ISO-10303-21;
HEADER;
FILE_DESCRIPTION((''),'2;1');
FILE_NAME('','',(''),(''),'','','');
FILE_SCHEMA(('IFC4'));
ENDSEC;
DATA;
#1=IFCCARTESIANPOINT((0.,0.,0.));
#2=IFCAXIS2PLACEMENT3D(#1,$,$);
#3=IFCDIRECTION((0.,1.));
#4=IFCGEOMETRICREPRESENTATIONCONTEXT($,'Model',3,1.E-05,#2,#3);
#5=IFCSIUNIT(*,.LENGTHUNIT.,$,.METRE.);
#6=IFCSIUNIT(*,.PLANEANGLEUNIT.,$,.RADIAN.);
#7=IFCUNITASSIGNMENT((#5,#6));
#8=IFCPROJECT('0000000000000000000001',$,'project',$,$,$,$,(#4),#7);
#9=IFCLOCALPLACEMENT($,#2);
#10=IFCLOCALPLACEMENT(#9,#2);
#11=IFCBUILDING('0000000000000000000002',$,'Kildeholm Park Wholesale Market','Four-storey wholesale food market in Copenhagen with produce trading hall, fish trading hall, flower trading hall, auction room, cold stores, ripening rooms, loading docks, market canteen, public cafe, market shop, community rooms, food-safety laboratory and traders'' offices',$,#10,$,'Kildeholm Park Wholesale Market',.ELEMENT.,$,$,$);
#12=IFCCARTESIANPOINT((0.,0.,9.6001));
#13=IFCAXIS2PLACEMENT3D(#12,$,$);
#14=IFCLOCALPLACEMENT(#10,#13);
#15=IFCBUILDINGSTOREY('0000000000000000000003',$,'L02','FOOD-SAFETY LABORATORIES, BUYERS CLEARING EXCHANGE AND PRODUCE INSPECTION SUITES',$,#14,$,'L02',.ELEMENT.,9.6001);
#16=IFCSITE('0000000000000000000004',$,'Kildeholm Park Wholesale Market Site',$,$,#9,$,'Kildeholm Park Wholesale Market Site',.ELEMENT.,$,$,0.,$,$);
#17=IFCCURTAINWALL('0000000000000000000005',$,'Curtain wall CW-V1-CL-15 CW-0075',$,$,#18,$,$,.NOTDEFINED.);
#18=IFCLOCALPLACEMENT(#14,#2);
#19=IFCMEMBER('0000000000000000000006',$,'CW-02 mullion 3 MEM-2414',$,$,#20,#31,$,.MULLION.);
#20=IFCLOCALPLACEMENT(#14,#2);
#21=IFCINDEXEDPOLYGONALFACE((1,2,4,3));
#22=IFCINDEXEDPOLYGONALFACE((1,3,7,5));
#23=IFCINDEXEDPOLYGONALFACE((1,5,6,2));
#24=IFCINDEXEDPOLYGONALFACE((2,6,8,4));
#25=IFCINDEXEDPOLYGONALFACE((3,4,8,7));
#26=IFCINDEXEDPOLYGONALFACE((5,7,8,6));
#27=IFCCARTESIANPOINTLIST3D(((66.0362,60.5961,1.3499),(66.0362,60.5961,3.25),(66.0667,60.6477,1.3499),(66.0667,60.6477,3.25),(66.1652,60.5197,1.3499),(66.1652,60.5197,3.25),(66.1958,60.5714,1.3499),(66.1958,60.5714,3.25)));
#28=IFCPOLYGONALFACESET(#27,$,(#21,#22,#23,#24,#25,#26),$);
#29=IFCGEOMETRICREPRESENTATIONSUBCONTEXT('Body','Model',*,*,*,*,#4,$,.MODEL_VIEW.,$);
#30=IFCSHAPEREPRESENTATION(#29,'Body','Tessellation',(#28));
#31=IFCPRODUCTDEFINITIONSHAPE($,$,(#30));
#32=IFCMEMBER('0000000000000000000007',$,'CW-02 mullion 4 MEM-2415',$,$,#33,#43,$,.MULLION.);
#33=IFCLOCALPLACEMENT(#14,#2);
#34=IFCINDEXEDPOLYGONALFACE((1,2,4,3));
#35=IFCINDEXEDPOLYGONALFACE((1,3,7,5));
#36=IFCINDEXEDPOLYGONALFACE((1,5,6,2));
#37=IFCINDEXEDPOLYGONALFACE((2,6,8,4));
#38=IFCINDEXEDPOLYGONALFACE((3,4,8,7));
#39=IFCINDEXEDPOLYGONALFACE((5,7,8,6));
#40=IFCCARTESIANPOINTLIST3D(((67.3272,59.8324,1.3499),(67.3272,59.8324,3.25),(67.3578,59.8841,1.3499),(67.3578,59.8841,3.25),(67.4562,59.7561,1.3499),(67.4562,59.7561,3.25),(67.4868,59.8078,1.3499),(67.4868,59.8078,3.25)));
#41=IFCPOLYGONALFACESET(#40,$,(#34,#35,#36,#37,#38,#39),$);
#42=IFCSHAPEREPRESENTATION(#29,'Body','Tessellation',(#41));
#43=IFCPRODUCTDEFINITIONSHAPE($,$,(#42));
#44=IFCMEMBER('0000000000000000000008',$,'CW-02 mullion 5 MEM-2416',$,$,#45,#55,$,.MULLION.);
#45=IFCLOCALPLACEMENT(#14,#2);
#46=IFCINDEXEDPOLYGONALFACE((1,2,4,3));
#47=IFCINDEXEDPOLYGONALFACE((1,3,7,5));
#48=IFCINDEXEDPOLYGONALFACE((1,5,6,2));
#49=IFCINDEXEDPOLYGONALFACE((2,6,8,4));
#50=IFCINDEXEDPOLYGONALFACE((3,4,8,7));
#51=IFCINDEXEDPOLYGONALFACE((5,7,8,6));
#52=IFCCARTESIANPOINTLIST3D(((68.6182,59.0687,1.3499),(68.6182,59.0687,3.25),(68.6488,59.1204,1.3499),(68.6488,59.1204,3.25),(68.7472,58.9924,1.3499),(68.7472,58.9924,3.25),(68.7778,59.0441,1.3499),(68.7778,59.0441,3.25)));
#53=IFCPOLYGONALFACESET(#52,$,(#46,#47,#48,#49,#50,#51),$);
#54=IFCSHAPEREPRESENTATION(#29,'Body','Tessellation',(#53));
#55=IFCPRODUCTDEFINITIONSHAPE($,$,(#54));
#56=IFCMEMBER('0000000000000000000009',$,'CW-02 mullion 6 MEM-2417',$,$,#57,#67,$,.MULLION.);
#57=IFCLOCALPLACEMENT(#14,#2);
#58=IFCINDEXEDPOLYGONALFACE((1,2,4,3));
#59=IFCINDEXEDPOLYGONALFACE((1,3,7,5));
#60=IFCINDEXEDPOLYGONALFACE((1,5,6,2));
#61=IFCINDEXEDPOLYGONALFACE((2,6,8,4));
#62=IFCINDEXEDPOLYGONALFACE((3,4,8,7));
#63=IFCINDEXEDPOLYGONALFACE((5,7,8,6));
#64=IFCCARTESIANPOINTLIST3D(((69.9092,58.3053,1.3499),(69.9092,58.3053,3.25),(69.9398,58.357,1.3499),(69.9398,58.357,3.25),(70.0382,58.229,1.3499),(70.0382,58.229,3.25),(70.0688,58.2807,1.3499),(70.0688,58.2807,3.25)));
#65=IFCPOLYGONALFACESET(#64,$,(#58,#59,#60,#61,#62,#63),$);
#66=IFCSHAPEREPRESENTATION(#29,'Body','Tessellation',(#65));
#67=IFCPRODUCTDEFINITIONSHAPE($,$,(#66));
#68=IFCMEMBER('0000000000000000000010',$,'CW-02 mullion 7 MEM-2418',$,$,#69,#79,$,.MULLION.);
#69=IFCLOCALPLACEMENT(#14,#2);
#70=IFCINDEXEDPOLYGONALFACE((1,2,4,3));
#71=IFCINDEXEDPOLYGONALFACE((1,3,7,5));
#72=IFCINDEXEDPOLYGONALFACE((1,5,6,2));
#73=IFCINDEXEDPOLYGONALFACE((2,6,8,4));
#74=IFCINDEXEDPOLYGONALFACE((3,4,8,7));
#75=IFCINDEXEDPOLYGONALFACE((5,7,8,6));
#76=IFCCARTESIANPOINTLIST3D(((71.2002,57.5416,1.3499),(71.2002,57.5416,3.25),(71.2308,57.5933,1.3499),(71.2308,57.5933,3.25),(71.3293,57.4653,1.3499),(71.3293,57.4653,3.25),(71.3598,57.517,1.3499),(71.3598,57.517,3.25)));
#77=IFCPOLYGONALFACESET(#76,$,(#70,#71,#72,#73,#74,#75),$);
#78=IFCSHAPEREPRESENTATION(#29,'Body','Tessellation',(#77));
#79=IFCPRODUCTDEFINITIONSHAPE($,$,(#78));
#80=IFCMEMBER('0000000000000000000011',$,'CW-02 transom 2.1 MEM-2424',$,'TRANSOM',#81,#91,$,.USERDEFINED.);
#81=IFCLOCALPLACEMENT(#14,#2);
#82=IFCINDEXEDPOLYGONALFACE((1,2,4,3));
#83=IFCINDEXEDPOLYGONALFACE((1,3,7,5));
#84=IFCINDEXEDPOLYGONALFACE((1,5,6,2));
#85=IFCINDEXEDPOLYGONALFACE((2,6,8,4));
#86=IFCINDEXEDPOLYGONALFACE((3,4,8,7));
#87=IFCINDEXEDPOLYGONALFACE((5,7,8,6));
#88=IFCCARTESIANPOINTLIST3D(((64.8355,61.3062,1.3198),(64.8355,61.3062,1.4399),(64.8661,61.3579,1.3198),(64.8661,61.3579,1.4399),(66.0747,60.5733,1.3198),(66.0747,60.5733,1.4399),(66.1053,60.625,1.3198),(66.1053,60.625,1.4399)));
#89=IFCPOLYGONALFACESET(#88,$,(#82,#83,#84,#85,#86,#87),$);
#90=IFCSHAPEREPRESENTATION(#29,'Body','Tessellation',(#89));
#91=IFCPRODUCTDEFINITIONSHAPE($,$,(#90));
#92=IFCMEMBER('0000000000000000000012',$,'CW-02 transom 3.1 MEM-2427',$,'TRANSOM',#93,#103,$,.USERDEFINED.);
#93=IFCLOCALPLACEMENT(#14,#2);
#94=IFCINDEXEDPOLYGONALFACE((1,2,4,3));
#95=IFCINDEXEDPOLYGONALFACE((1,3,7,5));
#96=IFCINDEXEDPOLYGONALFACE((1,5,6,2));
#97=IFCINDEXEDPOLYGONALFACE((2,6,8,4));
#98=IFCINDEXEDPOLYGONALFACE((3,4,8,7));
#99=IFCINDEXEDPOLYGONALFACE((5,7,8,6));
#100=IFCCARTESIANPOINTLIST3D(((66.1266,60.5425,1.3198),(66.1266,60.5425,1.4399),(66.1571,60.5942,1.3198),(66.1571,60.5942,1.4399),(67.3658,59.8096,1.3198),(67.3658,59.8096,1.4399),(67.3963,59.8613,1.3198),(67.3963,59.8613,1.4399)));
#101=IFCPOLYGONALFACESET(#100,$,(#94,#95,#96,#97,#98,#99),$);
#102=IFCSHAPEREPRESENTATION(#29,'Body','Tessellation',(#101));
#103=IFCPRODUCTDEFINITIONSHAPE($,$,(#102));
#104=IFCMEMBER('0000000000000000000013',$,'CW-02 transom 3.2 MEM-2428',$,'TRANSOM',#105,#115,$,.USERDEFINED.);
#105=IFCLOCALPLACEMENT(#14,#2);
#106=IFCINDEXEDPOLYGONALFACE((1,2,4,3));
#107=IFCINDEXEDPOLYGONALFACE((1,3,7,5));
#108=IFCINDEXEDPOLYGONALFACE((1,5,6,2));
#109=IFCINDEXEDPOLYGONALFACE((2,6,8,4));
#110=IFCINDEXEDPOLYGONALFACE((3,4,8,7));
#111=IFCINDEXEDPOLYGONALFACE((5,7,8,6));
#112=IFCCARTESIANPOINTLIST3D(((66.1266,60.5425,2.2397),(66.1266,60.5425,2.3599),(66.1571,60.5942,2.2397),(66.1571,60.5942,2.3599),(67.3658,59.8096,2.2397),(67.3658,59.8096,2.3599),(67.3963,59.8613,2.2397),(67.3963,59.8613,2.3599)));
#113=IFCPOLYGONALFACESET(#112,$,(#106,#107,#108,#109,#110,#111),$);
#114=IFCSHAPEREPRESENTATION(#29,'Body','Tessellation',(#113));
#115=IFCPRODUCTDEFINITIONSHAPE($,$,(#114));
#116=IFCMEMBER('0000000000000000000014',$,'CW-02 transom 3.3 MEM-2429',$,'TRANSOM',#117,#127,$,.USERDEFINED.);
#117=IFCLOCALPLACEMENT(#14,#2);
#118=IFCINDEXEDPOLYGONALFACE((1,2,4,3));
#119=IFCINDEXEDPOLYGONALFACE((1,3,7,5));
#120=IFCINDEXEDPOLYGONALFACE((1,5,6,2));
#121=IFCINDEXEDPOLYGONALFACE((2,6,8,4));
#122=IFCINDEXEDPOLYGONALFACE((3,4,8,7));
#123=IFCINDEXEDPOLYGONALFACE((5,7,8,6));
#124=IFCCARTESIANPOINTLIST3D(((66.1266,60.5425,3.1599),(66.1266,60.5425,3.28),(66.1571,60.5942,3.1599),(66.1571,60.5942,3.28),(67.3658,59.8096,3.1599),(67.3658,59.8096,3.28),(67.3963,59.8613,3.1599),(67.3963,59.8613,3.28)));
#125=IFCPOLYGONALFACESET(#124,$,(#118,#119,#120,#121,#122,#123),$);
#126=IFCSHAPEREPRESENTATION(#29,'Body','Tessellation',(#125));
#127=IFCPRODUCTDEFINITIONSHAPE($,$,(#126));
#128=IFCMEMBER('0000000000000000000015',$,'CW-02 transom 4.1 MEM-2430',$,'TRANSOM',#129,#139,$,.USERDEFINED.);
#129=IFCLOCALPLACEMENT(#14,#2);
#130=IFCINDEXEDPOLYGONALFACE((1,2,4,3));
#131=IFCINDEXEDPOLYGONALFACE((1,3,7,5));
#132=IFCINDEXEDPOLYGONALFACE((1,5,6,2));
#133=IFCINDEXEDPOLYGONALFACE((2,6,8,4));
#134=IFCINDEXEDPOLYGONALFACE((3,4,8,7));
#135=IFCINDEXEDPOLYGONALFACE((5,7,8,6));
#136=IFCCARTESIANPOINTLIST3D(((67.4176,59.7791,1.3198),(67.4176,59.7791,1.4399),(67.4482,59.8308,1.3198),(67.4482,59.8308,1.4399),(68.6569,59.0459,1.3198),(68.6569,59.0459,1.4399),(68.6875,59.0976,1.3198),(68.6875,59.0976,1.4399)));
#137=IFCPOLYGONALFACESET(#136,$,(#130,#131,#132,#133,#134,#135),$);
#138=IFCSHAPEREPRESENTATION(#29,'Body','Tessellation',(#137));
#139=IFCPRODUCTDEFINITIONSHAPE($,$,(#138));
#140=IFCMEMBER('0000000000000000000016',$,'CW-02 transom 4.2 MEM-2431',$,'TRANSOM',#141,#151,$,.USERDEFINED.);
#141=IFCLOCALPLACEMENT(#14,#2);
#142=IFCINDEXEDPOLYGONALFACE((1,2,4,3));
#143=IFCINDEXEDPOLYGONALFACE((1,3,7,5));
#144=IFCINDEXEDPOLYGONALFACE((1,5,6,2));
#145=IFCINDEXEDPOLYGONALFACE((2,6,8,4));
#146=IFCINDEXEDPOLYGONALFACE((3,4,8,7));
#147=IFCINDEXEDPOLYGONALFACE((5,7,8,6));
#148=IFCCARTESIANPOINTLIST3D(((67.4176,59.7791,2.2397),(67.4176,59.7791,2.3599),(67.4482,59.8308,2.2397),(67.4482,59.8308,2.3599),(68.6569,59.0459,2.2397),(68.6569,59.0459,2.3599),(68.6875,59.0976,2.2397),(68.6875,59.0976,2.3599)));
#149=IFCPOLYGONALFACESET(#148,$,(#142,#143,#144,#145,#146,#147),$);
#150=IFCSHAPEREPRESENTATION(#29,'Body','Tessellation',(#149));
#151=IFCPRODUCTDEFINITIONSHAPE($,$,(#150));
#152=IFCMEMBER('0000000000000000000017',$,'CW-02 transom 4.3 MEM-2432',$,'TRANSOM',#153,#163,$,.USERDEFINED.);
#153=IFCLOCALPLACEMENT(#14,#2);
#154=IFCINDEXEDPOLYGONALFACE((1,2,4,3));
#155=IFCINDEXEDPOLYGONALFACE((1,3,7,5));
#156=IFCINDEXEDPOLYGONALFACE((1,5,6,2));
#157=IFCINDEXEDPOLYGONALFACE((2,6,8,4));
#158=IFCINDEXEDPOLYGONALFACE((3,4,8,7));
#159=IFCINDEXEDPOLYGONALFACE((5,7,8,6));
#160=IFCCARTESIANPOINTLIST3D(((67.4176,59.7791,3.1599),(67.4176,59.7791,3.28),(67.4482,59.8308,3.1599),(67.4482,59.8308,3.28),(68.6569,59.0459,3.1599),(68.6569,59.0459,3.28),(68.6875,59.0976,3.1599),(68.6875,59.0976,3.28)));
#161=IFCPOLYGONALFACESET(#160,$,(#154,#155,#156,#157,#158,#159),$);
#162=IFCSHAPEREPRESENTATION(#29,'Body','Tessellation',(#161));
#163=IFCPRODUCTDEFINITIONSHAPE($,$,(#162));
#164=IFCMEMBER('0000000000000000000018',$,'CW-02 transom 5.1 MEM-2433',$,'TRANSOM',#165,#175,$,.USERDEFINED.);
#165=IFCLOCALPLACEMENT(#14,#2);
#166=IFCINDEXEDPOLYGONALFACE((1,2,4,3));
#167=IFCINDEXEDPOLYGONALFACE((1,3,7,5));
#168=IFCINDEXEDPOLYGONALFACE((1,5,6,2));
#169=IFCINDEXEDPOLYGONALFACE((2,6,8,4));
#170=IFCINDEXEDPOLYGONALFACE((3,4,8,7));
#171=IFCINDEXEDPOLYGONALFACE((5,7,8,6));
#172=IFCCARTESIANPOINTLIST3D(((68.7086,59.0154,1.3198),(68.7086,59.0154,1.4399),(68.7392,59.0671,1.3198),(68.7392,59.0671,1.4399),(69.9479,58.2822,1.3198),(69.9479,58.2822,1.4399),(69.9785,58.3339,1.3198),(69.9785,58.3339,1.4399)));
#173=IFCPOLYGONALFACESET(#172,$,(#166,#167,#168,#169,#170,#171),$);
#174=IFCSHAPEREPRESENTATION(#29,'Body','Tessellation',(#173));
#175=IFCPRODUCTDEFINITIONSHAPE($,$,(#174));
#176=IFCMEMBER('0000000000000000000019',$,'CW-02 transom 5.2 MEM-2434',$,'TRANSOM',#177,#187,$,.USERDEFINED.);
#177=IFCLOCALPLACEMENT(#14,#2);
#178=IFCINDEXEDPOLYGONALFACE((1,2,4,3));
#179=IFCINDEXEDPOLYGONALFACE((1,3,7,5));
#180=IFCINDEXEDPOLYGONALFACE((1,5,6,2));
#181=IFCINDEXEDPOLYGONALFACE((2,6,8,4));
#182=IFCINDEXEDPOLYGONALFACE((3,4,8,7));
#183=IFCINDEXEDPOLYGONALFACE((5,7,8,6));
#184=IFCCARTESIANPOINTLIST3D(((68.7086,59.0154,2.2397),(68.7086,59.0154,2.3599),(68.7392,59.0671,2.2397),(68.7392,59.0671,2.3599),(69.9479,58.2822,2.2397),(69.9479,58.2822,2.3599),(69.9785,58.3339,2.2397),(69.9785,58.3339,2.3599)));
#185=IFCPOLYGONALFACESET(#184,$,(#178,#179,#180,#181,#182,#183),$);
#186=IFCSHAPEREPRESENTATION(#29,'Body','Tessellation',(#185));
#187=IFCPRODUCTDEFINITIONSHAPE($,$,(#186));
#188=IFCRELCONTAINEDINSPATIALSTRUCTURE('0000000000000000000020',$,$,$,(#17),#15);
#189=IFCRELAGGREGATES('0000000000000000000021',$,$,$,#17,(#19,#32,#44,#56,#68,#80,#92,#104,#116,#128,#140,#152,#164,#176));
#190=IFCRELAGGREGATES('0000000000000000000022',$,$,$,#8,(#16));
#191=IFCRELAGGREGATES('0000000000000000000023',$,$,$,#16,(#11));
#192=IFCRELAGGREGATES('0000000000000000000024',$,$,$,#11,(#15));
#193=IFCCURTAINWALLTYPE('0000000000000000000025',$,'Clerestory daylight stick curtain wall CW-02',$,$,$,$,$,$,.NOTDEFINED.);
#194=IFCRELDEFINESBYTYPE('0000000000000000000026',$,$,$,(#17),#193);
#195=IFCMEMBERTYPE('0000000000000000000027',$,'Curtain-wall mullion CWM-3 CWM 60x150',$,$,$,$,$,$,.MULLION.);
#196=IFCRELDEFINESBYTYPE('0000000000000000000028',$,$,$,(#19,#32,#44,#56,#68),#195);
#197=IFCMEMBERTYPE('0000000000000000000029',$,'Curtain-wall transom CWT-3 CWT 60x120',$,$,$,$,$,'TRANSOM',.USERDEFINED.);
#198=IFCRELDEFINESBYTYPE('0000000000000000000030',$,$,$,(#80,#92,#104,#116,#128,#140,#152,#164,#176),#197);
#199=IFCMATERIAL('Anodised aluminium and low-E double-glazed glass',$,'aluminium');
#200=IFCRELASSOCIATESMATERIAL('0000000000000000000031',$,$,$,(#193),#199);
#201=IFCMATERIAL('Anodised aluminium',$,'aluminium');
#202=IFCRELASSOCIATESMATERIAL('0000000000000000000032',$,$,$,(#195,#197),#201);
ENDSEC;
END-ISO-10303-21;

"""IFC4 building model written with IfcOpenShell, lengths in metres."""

from ifc_helpers import new_model, si_unit, direction, frame, origin, origin_2d, place, context, subcontext, project, spatial, rectangle, extrude, material, material_profile, profile_set, type_object, element, aggregate, save


model = new_model("IFC4")

# Units and contexts
model_context = context("Model", 3, precision=1e-05, world=origin(), true_north=direction((0.0, 1.0)))
body_context = subcontext(model_context, "Body", "Model", "MODEL_VIEW")
ifc_project = project(units=[si_unit("LENGTHUNIT", "METRE"), si_unit("PLANEANGLEUNIT", "RADIAN")], contexts=[model_context])

# Site, building, storey
site_placement = place(None, origin())
site = spatial("IfcSite", under=ifc_project, at=site_placement, Name="Kildeholm Park Wholesale Market Site", LongName="Kildeholm Park Wholesale Market Site", CompositionType="ELEMENT", RefElevation=0.0)
building_placement = place(site_placement, origin())
building = spatial("IfcBuilding", under=site, at=building_placement, Name="Kildeholm Park Wholesale Market", Description="Four-storey wholesale food market in Copenhagen with produce trading hall, fish trading hall, flower trading hall, auction room, cold stores, ripening rooms, loading docks, market canteen, public cafe, market shop, community rooms, food-safety laboratory and traders' offices", LongName="Kildeholm Park Wholesale Market", CompositionType="ELEMENT")
storey_placement = place(building_placement, frame((0.0, 0.0, 9.6001)))
storey = spatial("IfcBuildingStorey", under=building, at=storey_placement, Name="L02", Description="FOOD-SAFETY LABORATORIES, BUYERS CLEARING EXCHANGE AND PRODUCE INSPECTION SUITES", LongName="L02", CompositionType="ELEMENT", Elevation=9.6001)

# Curtain wall, members
ifc_material_1 = material(Name="Anodised aluminium and low-E double-glazed glass", Category="aluminium")
curtain_wall_type = type_object("IfcCurtainWallType", Name="Clerestory daylight stick curtain wall CW-02", PredefinedType="NOTDEFINED", material=ifc_material_1)
curtain_wall_placement = place(storey_placement, origin())
curtain_wall = element("IfcCurtainWall", 1, at=curtain_wall_placement, inside=storey, type_object=curtain_wall_type, Name="Curtain wall CW-V1-CL-15 CW-0075", PredefinedType="NOTDEFINED")
ifc_material_2 = material(Name="Anodised aluminium", Category="aluminium")
ifc_material_profile_1 = material_profile(ifc_material_2, rectangle(XDim=0.0601, YDim=0.1499, at=origin_2d()), Name="CWM 60x150")
ifc_profile_set_1 = profile_set([ifc_material_profile_1], Name="Anodised aluminium")
member_type_1 = type_object("IfcMemberType", Name="Curtain-wall mullion CWM-3 CWM 60x150", PredefinedType="MULLION", material=ifc_profile_set_1)
member_1_placement = place(storey_placement, frame((66.116, 60.5837, 1.3499), z_axis=(0.0, 0.0, 1.0), x_axis=(0.509105, 0.860704, 0.0)))
member_1 = element("IfcMember", 2, at=member_1_placement, type_object=member_type_1, Name="CW-02 mullion 3 MEM-2414", PredefinedType="MULLION", context=body_context, shape_type="SweptSolid", body=[
    extrude(rectangle(XDim=0.0601, YDim=0.1499, at=origin_2d()), origin(), (0.0, 0.0, 1.0), 1.9001),
])
member_2_placement = place(storey_placement, frame((67.407, 59.8201, 1.3499), z_axis=(0.0, 0.0, 1.0), x_axis=(0.509105, 0.860704, 0.0)))
member_2 = element("IfcMember", 3, at=member_2_placement, type_object=member_type_1, Name="CW-02 mullion 4 MEM-2415", PredefinedType="MULLION", context=body_context, shape_type="SweptSolid", body=[
    extrude(rectangle(XDim=0.0601, YDim=0.1499, at=origin_2d()), origin(), (0.0, 0.0, 1.0), 1.9001),
])
member_3_placement = place(storey_placement, frame((68.698, 59.0564, 1.3499), z_axis=(0.0, 0.0, 1.0), x_axis=(0.509105, 0.860704, 0.0)))
member_3 = element("IfcMember", 4, at=member_3_placement, type_object=member_type_1, Name="CW-02 mullion 5 MEM-2416", PredefinedType="MULLION", context=body_context, shape_type="SweptSolid", body=[
    extrude(rectangle(XDim=0.0601, YDim=0.1499, at=origin_2d()), origin(), (0.0, 0.0, 1.0), 1.9001),
])
member_4_placement = place(storey_placement, frame((69.989, 58.293, 1.3499), z_axis=(0.0, 0.0, 1.0), x_axis=(0.509105, 0.860704, 0.0)))
member_4 = element("IfcMember", 5, at=member_4_placement, type_object=member_type_1, Name="CW-02 mullion 6 MEM-2417", PredefinedType="MULLION", context=body_context, shape_type="SweptSolid", body=[
    extrude(rectangle(XDim=0.0601, YDim=0.1499, at=origin_2d()), origin(), (0.0, 0.0, 1.0), 1.9001),
])
member_5_placement = place(storey_placement, frame((71.28, 57.5293, 1.3499), z_axis=(0.0, 0.0, 1.0), x_axis=(0.509105, 0.860704, 0.0)))
member_5 = element("IfcMember", 6, at=member_5_placement, type_object=member_type_1, Name="CW-02 mullion 7 MEM-2418", PredefinedType="MULLION", context=body_context, shape_type="SweptSolid", body=[
    extrude(rectangle(XDim=0.0601, YDim=0.1499, at=origin_2d()), origin(), (0.0, 0.0, 1.0), 1.9001),
])
ifc_material_profile_2 = material_profile(ifc_material_2, rectangle(XDim=0.0601, YDim=0.1201, at=origin_2d()), Name="CWT 60x120")
ifc_profile_set_2 = profile_set([ifc_material_profile_2], Name="Anodised aluminium")
member_type_2 = type_object("IfcMemberType", Name="Curtain-wall transom CWT-3 CWT 60x120", ElementType="TRANSOM", PredefinedType="USERDEFINED", material=ifc_profile_set_2)
member_6_placement = place(storey_placement, frame((64.8508, 61.332, 1.3799), z_axis=(0.860737, -0.509049, 0.0), x_axis=(0.509049, 0.860737, 0.0)))
member_6 = element("IfcMember", 7, at=member_6_placement, type_object=member_type_2, Name="CW-02 transom 2.1 MEM-2424", ObjectType="TRANSOM", PredefinedType="USERDEFINED", context=body_context, shape_type="SweptSolid", body=[
    extrude(rectangle(XDim=0.0601, YDim=0.1201, at=origin_2d()), origin(), (0.0, 0.0, 1.0), 1.4397),
])
member_7_placement = place(storey_placement, frame((66.1418, 60.5684, 1.3799), z_axis=(0.860737, -0.509049, 0.0), x_axis=(0.509049, 0.860737, 0.0)))
member_7 = element("IfcMember", 8, at=member_7_placement, type_object=member_type_2, Name="CW-02 transom 3.1 MEM-2427", ObjectType="TRANSOM", PredefinedType="USERDEFINED", context=body_context, shape_type="SweptSolid", body=[
    extrude(rectangle(XDim=0.0601, YDim=0.1201, at=origin_2d()), origin(), (0.0, 0.0, 1.0), 1.4397),
])
member_8_placement = place(storey_placement, frame((66.1418, 60.5684, 2.2998), z_axis=(0.860737, -0.509049, 0.0), x_axis=(0.509049, 0.860737, 0.0)))
member_8 = element("IfcMember", 9, at=member_8_placement, type_object=member_type_2, Name="CW-02 transom 3.2 MEM-2428", ObjectType="TRANSOM", PredefinedType="USERDEFINED", context=body_context, shape_type="SweptSolid", body=[
    extrude(rectangle(XDim=0.0601, YDim=0.1201, at=origin_2d()), origin(), (0.0, 0.0, 1.0), 1.4397),
])
member_9_placement = place(storey_placement, frame((66.1418, 60.5684, 3.22), z_axis=(0.860737, -0.509049, 0.0), x_axis=(0.509049, 0.860737, 0.0)))
member_9 = element("IfcMember", 10, at=member_9_placement, type_object=member_type_2, Name="CW-02 transom 3.3 MEM-2429", ObjectType="TRANSOM", PredefinedType="USERDEFINED", context=body_context, shape_type="SweptSolid", body=[
    extrude(rectangle(XDim=0.0601, YDim=0.1201, at=origin_2d()), origin(), (0.0, 0.0, 1.0), 1.4397),
])
member_10_placement = place(storey_placement, frame((67.4329, 59.8049, 1.3799), z_axis=(0.860663, -0.509175, 0.0), x_axis=(0.509175, 0.860663, 0.0)))
member_10 = element("IfcMember", 11, at=member_10_placement, type_object=member_type_2, Name="CW-02 transom 4.1 MEM-2430", ObjectType="TRANSOM", PredefinedType="USERDEFINED", context=body_context, shape_type="SweptSolid", body=[
    extrude(rectangle(XDim=0.0601, YDim=0.1201, at=origin_2d()), origin(), (0.0, 0.0, 1.0), 1.4399),
])
member_11_placement = place(storey_placement, frame((67.4329, 59.8049, 2.2998), z_axis=(0.860663, -0.509175, 0.0), x_axis=(0.509175, 0.860663, 0.0)))
member_11 = element("IfcMember", 12, at=member_11_placement, type_object=member_type_2, Name="CW-02 transom 4.2 MEM-2431", ObjectType="TRANSOM", PredefinedType="USERDEFINED", context=body_context, shape_type="SweptSolid", body=[
    extrude(rectangle(XDim=0.0601, YDim=0.1201, at=origin_2d()), origin(), (0.0, 0.0, 1.0), 1.4399),
])
member_12_placement = place(storey_placement, frame((67.4329, 59.8049, 3.22), z_axis=(0.860663, -0.509175, 0.0), x_axis=(0.509175, 0.860663, 0.0)))
member_12 = element("IfcMember", 13, at=member_12_placement, type_object=member_type_2, Name="CW-02 transom 4.3 MEM-2432", ObjectType="TRANSOM", PredefinedType="USERDEFINED", context=body_context, shape_type="SweptSolid", body=[
    extrude(rectangle(XDim=0.0601, YDim=0.1201, at=origin_2d()), origin(), (0.0, 0.0, 1.0), 1.4399),
])
member_13_placement = place(storey_placement, frame((68.7239, 59.0413, 1.3799), z_axis=(0.860663, -0.509175, 0.0), x_axis=(0.509175, 0.860663, 0.0)))
member_13 = element("IfcMember", 14, at=member_13_placement, type_object=member_type_2, Name="CW-02 transom 5.1 MEM-2433", ObjectType="TRANSOM", PredefinedType="USERDEFINED", context=body_context, shape_type="SweptSolid", body=[
    extrude(rectangle(XDim=0.0601, YDim=0.1201, at=origin_2d()), origin(), (0.0, 0.0, 1.0), 1.4399),
])
member_14_placement = place(storey_placement, frame((68.7239, 59.0413, 2.2998), z_axis=(0.860663, -0.509175, 0.0), x_axis=(0.509175, 0.860663, 0.0)))
member_14 = element("IfcMember", 15, at=member_14_placement, type_object=member_type_2, Name="CW-02 transom 5.2 MEM-2434", ObjectType="TRANSOM", PredefinedType="USERDEFINED", context=body_context, shape_type="SweptSolid", body=[
    extrude(rectangle(XDim=0.0601, YDim=0.1201, at=origin_2d()), origin(), (0.0, 0.0, 1.0), 1.4399),
])
aggregate(curtain_wall, [member_1, member_2, member_3, member_4, member_5, member_6, member_7, member_8, member_9, member_10, member_11, member_12, member_13, member_14])

save(model, "model.ifc")
